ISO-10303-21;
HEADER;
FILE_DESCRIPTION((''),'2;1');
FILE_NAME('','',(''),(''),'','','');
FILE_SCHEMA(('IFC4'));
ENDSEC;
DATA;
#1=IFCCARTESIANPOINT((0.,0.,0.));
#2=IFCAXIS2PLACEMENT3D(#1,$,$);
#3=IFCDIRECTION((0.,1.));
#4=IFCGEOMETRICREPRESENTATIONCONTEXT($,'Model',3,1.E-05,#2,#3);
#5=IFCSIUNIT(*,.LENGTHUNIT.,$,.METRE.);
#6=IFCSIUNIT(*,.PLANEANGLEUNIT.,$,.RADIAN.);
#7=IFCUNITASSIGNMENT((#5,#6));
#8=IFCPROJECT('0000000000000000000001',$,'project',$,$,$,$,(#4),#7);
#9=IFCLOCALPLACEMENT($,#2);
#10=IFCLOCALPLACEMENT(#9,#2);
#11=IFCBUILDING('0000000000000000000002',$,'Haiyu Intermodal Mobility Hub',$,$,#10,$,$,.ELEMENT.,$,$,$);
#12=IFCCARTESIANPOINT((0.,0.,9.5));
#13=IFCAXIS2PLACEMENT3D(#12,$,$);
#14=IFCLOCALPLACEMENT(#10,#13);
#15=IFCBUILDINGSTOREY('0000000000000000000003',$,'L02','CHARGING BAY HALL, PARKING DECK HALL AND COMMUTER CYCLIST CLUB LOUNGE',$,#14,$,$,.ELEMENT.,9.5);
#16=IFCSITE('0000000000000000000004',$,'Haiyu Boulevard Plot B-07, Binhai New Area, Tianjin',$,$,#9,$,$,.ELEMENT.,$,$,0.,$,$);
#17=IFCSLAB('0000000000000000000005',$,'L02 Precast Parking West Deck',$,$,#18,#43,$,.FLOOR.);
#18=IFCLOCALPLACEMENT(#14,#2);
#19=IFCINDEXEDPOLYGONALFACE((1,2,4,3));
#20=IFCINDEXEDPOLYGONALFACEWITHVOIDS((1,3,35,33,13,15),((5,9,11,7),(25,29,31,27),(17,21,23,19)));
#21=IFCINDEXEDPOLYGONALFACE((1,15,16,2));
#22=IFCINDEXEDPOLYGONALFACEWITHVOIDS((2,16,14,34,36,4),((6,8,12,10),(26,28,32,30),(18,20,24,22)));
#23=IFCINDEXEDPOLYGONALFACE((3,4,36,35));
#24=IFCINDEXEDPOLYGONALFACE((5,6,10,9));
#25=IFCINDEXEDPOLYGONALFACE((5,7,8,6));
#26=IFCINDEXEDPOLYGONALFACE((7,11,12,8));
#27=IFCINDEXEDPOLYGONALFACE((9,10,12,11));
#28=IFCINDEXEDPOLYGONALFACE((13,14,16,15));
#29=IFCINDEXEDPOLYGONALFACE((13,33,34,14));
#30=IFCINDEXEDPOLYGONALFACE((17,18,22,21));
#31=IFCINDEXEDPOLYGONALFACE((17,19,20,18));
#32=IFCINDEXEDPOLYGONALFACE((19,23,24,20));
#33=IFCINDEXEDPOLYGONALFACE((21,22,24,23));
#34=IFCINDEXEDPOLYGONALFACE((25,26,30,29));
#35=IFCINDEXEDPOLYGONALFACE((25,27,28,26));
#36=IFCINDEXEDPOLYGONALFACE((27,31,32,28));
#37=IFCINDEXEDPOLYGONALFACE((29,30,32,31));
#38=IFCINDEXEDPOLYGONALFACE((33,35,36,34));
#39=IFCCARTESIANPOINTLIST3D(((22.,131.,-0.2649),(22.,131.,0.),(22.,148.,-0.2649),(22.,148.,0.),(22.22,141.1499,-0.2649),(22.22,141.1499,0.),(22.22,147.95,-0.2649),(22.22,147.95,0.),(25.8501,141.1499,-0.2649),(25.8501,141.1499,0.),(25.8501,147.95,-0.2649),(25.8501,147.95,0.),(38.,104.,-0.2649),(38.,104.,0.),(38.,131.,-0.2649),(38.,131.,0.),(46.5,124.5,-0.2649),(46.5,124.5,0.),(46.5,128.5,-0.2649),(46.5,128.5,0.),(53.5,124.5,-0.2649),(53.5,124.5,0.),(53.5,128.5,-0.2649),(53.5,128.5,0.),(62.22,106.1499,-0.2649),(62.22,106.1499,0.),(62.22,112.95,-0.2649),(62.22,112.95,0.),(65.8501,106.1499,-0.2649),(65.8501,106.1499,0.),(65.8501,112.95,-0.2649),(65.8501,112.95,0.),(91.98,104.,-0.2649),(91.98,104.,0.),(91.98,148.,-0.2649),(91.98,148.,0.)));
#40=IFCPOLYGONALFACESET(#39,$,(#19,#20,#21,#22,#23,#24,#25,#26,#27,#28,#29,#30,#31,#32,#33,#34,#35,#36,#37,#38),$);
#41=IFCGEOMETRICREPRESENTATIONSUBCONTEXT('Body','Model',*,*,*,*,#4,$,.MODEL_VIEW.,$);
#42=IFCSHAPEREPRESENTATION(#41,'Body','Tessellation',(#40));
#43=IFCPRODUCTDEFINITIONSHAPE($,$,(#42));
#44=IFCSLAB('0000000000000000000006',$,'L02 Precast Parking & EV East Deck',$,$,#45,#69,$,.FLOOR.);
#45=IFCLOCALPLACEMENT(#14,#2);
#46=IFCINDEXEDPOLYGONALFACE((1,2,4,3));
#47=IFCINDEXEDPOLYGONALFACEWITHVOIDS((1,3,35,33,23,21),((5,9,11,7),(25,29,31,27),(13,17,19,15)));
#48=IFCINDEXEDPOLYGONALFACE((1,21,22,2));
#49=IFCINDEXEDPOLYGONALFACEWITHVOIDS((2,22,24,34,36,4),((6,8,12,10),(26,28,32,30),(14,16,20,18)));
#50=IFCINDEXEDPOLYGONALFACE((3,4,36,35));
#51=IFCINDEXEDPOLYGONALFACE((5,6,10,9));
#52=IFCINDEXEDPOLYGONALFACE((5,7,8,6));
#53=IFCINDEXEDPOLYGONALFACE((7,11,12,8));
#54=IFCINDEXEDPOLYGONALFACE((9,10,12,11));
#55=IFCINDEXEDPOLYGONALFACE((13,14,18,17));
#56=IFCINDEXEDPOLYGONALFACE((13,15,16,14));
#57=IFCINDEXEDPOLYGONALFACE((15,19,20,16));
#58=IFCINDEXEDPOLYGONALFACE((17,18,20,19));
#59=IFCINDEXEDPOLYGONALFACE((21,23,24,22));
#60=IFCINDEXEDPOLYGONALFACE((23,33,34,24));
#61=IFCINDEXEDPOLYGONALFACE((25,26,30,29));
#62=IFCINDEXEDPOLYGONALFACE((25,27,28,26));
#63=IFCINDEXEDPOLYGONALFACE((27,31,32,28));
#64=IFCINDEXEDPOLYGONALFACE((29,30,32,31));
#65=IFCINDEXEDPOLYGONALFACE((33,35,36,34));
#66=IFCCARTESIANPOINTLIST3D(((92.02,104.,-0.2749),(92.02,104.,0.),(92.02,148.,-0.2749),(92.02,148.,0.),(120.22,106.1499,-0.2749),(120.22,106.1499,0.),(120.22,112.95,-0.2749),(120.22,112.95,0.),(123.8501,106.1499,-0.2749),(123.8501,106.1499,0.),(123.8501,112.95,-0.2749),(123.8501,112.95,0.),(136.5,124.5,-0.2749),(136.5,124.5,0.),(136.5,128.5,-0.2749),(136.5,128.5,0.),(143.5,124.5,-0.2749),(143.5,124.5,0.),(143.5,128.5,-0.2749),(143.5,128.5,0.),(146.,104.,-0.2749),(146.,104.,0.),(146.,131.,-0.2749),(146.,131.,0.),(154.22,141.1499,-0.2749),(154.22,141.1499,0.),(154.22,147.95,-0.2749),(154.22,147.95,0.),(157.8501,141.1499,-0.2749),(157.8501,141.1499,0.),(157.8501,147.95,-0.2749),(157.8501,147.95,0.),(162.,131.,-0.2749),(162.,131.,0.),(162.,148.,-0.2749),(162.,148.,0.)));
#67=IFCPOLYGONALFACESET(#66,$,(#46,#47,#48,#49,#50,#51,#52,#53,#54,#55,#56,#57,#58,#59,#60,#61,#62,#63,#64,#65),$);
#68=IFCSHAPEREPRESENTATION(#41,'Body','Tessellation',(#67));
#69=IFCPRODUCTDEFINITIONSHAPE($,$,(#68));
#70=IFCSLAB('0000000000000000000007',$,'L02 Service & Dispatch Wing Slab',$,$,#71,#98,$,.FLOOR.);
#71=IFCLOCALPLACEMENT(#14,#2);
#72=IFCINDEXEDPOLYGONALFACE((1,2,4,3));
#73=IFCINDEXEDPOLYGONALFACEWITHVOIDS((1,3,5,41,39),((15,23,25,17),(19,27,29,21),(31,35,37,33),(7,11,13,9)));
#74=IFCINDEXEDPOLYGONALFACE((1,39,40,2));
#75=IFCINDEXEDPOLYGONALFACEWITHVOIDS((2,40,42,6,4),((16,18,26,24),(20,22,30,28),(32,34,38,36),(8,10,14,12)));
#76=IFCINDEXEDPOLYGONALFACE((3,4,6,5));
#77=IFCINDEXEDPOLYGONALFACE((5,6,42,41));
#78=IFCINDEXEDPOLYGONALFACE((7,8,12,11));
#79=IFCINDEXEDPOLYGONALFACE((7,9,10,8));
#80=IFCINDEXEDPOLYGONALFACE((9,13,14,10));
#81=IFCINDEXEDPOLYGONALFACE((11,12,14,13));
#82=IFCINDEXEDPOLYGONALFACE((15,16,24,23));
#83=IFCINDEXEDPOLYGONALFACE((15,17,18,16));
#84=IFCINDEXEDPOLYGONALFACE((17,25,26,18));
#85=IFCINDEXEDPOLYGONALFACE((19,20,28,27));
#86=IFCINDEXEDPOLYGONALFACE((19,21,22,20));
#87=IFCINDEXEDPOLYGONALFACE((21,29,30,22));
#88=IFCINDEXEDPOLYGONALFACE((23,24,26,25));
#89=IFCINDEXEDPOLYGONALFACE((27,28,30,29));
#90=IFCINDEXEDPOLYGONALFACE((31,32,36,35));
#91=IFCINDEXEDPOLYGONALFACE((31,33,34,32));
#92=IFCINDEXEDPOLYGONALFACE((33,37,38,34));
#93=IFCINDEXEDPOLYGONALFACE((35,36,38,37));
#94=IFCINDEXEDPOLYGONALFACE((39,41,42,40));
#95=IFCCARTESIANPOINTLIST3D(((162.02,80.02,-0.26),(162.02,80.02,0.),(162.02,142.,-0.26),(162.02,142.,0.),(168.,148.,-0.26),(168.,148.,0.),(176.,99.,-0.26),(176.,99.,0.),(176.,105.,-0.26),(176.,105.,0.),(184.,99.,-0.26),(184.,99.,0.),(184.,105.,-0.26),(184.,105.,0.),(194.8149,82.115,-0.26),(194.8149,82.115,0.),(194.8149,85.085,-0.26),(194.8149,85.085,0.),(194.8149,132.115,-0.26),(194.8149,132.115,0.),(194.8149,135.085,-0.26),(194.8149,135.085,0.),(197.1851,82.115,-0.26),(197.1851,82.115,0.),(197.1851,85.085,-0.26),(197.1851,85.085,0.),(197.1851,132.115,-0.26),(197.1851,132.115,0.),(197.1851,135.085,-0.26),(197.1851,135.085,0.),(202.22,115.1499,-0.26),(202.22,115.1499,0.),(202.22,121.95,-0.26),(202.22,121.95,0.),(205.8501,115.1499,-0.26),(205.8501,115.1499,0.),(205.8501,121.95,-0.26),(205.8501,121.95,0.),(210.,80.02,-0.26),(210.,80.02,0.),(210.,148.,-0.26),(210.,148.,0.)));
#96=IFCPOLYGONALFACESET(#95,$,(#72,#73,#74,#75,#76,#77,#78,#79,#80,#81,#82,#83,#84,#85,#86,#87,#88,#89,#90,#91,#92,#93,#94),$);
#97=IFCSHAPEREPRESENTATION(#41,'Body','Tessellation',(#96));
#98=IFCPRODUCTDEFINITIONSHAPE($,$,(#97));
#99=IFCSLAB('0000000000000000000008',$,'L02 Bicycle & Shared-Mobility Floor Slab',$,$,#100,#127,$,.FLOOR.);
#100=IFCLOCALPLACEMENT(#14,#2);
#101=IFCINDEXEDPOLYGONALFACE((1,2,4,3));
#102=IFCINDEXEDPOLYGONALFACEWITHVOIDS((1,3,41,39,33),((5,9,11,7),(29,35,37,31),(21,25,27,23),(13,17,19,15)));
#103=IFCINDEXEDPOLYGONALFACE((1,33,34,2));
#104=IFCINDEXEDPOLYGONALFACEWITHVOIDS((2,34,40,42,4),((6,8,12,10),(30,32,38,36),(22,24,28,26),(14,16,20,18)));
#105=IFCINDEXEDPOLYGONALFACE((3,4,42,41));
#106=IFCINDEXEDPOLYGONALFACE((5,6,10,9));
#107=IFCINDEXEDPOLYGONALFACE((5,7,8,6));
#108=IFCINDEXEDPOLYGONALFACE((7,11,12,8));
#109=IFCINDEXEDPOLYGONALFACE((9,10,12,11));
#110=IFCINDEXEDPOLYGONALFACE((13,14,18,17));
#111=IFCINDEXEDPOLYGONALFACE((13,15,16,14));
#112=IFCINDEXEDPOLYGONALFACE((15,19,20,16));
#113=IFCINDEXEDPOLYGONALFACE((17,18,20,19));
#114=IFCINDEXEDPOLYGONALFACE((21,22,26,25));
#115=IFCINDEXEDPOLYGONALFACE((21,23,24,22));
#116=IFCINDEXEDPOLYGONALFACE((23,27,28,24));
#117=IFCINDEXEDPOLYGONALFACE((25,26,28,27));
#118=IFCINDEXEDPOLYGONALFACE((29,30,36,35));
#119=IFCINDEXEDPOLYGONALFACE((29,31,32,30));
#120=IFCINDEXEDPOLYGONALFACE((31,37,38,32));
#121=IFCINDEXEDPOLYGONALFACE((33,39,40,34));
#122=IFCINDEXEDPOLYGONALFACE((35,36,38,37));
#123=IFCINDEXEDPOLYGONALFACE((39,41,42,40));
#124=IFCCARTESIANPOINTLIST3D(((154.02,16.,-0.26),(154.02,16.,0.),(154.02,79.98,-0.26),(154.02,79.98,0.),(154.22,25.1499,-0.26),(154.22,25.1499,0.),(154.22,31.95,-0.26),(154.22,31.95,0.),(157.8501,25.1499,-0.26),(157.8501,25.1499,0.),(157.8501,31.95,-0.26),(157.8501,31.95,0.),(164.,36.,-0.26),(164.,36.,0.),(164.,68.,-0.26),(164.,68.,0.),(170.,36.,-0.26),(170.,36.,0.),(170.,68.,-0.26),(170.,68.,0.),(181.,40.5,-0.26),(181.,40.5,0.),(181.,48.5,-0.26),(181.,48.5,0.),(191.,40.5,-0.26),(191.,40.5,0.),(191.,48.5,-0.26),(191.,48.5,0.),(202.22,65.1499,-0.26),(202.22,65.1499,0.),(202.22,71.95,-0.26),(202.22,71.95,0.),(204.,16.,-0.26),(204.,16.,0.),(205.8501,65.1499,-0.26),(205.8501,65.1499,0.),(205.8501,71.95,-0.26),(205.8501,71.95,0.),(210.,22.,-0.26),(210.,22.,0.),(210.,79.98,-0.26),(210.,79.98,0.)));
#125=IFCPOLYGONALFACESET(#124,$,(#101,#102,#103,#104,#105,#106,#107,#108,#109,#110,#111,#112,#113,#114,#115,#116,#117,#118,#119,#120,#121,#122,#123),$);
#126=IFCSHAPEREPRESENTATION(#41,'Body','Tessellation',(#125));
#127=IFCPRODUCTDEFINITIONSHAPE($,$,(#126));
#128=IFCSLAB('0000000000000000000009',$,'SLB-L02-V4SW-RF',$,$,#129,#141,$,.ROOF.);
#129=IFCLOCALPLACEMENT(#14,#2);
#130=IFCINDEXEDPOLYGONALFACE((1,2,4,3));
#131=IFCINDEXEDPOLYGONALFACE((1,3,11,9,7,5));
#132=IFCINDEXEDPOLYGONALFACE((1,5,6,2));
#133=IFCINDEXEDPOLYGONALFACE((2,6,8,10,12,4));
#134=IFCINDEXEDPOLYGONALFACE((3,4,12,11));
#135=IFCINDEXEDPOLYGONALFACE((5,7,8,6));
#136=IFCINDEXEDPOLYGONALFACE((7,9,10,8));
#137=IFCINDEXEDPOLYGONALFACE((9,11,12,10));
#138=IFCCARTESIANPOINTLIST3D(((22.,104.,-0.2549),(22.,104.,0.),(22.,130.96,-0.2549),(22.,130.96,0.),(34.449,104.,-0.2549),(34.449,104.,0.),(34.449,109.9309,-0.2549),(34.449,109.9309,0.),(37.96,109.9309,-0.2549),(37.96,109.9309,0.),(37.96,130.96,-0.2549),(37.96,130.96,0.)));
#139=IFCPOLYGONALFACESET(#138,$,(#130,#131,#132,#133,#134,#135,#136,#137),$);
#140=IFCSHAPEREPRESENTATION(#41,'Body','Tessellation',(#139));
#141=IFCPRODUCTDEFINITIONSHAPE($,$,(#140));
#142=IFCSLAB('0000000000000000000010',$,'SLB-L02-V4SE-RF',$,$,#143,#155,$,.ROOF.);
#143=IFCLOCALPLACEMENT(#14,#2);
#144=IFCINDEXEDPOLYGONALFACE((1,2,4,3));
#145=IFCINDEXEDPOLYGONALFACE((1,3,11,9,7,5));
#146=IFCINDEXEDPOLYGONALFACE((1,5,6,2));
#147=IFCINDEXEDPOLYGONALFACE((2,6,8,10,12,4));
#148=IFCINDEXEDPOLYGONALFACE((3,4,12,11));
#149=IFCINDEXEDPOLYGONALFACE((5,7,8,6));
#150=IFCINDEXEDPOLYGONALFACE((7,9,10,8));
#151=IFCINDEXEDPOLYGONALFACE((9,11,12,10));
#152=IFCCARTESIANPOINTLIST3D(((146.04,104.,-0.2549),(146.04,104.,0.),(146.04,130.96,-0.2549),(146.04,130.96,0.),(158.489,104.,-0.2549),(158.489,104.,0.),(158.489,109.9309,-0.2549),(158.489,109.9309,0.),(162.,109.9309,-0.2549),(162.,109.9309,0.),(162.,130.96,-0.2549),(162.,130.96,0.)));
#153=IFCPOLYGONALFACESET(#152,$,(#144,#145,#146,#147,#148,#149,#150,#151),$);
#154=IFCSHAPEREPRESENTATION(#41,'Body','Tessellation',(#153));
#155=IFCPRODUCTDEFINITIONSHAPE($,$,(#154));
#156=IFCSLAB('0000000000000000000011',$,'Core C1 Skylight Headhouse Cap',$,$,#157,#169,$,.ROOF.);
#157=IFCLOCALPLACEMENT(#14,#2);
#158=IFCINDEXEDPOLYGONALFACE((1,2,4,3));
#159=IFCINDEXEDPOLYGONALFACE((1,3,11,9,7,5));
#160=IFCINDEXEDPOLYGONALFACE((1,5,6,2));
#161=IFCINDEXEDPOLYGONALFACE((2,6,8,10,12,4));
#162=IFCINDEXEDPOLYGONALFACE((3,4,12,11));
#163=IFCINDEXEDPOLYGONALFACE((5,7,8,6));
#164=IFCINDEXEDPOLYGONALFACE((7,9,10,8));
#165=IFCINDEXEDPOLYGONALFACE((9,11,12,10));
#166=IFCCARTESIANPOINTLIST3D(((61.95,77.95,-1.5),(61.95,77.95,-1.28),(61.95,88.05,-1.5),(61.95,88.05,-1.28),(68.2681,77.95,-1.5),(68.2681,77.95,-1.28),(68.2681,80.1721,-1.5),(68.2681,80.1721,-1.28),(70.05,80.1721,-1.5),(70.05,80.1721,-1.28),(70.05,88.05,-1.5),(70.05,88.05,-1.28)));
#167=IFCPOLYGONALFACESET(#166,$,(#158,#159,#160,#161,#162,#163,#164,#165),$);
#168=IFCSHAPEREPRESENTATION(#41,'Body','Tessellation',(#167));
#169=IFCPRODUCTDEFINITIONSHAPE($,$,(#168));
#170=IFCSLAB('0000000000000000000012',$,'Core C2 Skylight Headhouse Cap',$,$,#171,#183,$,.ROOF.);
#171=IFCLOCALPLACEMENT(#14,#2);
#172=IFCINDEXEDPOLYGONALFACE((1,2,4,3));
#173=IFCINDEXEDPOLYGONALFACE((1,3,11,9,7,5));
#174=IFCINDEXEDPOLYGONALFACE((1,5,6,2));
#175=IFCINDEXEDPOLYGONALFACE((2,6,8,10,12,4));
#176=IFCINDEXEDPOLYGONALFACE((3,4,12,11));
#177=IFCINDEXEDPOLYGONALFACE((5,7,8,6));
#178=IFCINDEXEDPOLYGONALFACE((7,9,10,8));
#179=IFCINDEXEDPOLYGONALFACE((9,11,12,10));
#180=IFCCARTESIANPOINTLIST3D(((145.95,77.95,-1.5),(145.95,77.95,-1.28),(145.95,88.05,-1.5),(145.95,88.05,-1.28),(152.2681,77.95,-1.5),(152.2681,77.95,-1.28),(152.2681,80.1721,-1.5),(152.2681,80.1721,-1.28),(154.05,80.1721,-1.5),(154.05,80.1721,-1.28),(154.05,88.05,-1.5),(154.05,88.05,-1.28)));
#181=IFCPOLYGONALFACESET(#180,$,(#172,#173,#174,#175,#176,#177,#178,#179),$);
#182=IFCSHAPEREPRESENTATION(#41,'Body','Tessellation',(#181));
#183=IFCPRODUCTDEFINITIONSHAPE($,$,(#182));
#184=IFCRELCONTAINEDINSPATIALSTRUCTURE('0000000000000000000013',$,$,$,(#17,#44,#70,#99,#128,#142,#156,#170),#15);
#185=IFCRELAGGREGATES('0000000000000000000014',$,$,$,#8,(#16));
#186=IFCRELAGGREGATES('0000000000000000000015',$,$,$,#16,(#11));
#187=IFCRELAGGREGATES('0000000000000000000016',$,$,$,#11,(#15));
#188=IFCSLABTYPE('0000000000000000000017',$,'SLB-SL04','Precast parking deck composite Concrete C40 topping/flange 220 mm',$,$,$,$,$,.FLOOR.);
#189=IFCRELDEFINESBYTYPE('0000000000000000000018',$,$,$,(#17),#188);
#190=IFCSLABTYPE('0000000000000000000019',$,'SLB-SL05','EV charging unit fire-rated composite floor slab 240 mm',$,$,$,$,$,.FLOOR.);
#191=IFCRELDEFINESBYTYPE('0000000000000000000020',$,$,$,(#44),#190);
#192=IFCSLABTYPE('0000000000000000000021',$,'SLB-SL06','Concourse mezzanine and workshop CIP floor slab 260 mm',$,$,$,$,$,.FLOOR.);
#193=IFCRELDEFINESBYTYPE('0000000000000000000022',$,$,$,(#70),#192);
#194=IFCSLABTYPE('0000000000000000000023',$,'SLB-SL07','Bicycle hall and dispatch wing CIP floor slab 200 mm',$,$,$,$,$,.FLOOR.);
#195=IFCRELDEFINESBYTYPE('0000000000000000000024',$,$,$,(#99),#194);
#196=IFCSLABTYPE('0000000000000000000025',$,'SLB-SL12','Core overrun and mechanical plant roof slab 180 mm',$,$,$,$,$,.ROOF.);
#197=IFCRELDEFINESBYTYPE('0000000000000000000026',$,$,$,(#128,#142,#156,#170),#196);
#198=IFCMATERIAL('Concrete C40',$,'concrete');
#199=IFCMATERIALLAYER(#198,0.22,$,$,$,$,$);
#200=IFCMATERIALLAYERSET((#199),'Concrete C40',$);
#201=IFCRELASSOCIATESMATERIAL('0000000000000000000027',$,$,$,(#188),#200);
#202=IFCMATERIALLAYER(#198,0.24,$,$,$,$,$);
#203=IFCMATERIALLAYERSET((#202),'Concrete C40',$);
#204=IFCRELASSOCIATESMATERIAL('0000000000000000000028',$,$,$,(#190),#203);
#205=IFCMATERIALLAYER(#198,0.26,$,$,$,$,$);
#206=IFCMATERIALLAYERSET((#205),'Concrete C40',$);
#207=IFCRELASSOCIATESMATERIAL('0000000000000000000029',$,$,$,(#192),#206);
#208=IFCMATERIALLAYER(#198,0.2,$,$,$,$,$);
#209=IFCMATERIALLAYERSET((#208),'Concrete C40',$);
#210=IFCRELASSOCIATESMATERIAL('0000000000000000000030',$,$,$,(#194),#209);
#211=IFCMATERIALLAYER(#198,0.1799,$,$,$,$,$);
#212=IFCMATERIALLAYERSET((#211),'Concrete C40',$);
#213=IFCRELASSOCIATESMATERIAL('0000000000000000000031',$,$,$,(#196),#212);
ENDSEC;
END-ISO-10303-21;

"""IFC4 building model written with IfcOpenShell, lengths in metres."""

from ifc_helpers import new_model, si_unit, direction, frame, origin, place, context, subcontext, project, spatial, polyline, outline, extrude, material, layer, layer_set, type_object, element, save


model = new_model("IFC4")

# Units and contexts
model_context = context("Model", 3, precision=1e-05, world=origin(), true_north=direction((0.0, 1.0)))
body_context = subcontext(model_context, "Body", "Model", "MODEL_VIEW")
ifc_project = project(units=[si_unit("LENGTHUNIT", "METRE"), si_unit("PLANEANGLEUNIT", "RADIAN")], contexts=[model_context])

# Site, building, storey
site_placement = place(None, origin())
site = spatial("IfcSite", under=ifc_project, at=site_placement, Name="Haiyu Boulevard Plot B-07, Binhai New Area, Tianjin", CompositionType="ELEMENT", RefElevation=0.0)
building_placement = place(site_placement, origin())
building = spatial("IfcBuilding", under=site, at=building_placement, Name="Haiyu Intermodal Mobility Hub", CompositionType="ELEMENT")
storey_placement = place(building_placement, frame((0.0, 0.0, 9.5)))
storey = spatial("IfcBuildingStorey", under=building, at=storey_placement, Name="L02", Description="CHARGING BAY HALL, PARKING DECK HALL AND COMMUTER CYCLIST CLUB LOUNGE", CompositionType="ELEMENT", Elevation=9.5)

# Shared definitions
ifc_material_1 = material(Name="Concrete C40", Category="concrete")

# Slabs
ifc_layer_1 = layer(ifc_material_1, 0.22)
ifc_layer_set_1 = layer_set([ifc_layer_1], Name="Concrete C40")
slab_type_1 = type_object("IfcSlabType", Name="SLB-SL04", Description="Precast parking deck composite Concrete C40 topping/flange 220 mm", PredefinedType="FLOOR", material=ifc_layer_set_1)
slab_1_placement = place(storey_placement, frame((0.0, 0.0, -0.2649)))
element("IfcSlab", 1, at=slab_1_placement, inside=storey, type_object=slab_type_1, Name="L02 Precast Parking West Deck", PredefinedType="FLOOR", context=body_context, shape_type="SweptSolid", body=[
    extrude(outline(polyline([(38.0, 104.0), (91.98, 104.0), (91.98, 148.0), (22.0, 148.0), (22.0, 131.0), (38.0, 131.0), (38.0, 104.0)]), holes=[polyline([(22.22, 141.1499), (25.8501, 141.1499), (25.8501, 147.95), (22.22, 147.95), (22.22, 141.1499)]), polyline([(62.22, 106.1499), (65.8501, 106.1499), (65.8501, 112.95), (62.22, 112.95), (62.22, 106.1499)]), polyline([(46.5, 124.5), (53.5, 124.5), (53.5, 128.5), (46.5, 128.5), (46.5, 124.5)])]), origin(), (0.0, 0.0, 1.0), 0.2649),
])
ifc_layer_2 = layer(ifc_material_1, 0.24)
ifc_layer_set_2 = layer_set([ifc_layer_2], Name="Concrete C40")
slab_type_2 = type_object("IfcSlabType", Name="SLB-SL05", Description="EV charging unit fire-rated composite floor slab 240 mm", PredefinedType="FLOOR", material=ifc_layer_set_2)
slab_2_placement = place(storey_placement, frame((0.0, 0.0, -0.2749)))
element("IfcSlab", 2, at=slab_2_placement, inside=storey, type_object=slab_type_2, Name="L02 Precast Parking & EV East Deck", PredefinedType="FLOOR", context=body_context, shape_type="SweptSolid", body=[
    extrude(outline(polyline([(92.02, 104.0), (146.0, 104.0), (146.0, 131.0), (162.0, 131.0), (162.0, 148.0), (92.02, 148.0), (92.02, 104.0)]), holes=[polyline([(154.22, 141.1499), (157.8501, 141.1499), (157.8501, 147.95), (154.22, 147.95), (154.22, 141.1499)]), polyline([(120.22, 106.1499), (123.8501, 106.1499), (123.8501, 112.95), (120.22, 112.95), (120.22, 106.1499)]), polyline([(136.5, 124.5), (143.5, 124.5), (143.5, 128.5), (136.5, 128.5), (136.5, 124.5)])]), origin(), (0.0, 0.0, 1.0), 0.2749),
])
ifc_layer_3 = layer(ifc_material_1, 0.26)
ifc_layer_set_3 = layer_set([ifc_layer_3], Name="Concrete C40")
slab_type_3 = type_object("IfcSlabType", Name="SLB-SL06", Description="Concourse mezzanine and workshop CIP floor slab 260 mm", PredefinedType="FLOOR", material=ifc_layer_set_3)
slab_3_placement = place(storey_placement, frame((0.0, 0.0, -0.26)))
element("IfcSlab", 3, at=slab_3_placement, inside=storey, type_object=slab_type_3, Name="L02 Service & Dispatch Wing Slab", PredefinedType="FLOOR", context=body_context, shape_type="SweptSolid", body=[
    extrude(outline(polyline([(162.02, 80.02), (210.0, 80.02), (210.0, 148.0), (168.0, 148.0), (162.02, 142.0), (162.02, 80.02)]), holes=[polyline([(202.22, 115.1499), (205.8501, 115.1499), (205.8501, 121.95), (202.22, 121.95), (202.22, 115.1499)]), polyline([(194.8149, 82.115), (197.1851, 82.115), (197.1851, 85.085), (194.8149, 85.085), (194.8149, 82.115)]), polyline([(194.8149, 132.115), (197.1851, 132.115), (197.1851, 135.085), (194.8149, 135.085), (194.8149, 132.115)]), polyline([(176.0, 99.0), (184.0, 99.0), (184.0, 105.0), (176.0, 105.0), (176.0, 99.0)])]), origin(), (0.0, 0.0, 1.0), 0.26),
])
ifc_layer_4 = layer(ifc_material_1, 0.2)
ifc_layer_set_4 = layer_set([ifc_layer_4], Name="Concrete C40")
slab_type_4 = type_object("IfcSlabType", Name="SLB-SL07", Description="Bicycle hall and dispatch wing CIP floor slab 200 mm", PredefinedType="FLOOR", material=ifc_layer_set_4)
slab_4_placement = place(storey_placement, frame((0.0, 0.0, -0.26)))
element("IfcSlab", 4, at=slab_4_placement, inside=storey, type_object=slab_type_4, Name="L02 Bicycle & Shared-Mobility Floor Slab", PredefinedType="FLOOR", context=body_context, shape_type="SweptSolid", body=[
    extrude(outline(polyline([(154.02, 16.0), (204.0, 16.0), (210.0, 22.0), (210.0, 79.98), (154.02, 79.98), (154.02, 16.0)]), holes=[polyline([(154.22, 25.1499), (157.8501, 25.1499), (157.8501, 31.95), (154.22, 31.95), (154.22, 25.1499)]), polyline([(202.22, 65.1499), (205.8501, 65.1499), (205.8501, 71.95), (202.22, 71.95), (202.22, 65.1499)]), polyline([(164.0, 36.0), (170.0, 36.0), (170.0, 68.0), (164.0, 68.0), (164.0, 36.0)]), polyline([(181.0, 40.5), (191.0, 40.5), (191.0, 48.5), (181.0, 48.5), (181.0, 40.5)])]), origin(), (0.0, 0.0, 1.0), 0.26),
])
ifc_layer_5 = layer(ifc_material_1, 0.1799)
ifc_layer_set_5 = layer_set([ifc_layer_5], Name="Concrete C40")
slab_type_5 = type_object("IfcSlabType", Name="SLB-SL12", Description="Core overrun and mechanical plant roof slab 180 mm", PredefinedType="ROOF", material=ifc_layer_set_5)
slab_5_placement = place(storey_placement, frame((0.0, 0.0, -0.2549)))
element("IfcSlab", 5, at=slab_5_placement, inside=storey, type_object=slab_type_5, Name="SLB-L02-V4SW-RF", PredefinedType="ROOF", context=body_context, shape_type="SweptSolid", body=[
    extrude(outline(polyline([(22.0, 104.0), (34.449, 104.0), (34.449, 109.9309), (37.96, 109.9309), (37.96, 130.96), (22.0, 130.96), (22.0, 104.0)])), origin(), (0.0, 0.0, 1.0), 0.2549),
])
slab_6_placement = place(storey_placement, frame((0.0, 0.0, -0.2549)))
element("IfcSlab", 6, at=slab_6_placement, inside=storey, type_object=slab_type_5, Name="SLB-L02-V4SE-RF", PredefinedType="ROOF", context=body_context, shape_type="SweptSolid", body=[
    extrude(outline(polyline([(146.04, 104.0), (158.489, 104.0), (158.489, 109.9309), (162.0, 109.9309), (162.0, 130.96), (146.04, 130.96), (146.04, 104.0)])), origin(), (0.0, 0.0, 1.0), 0.2549),
])
slab_7_placement = place(storey_placement, frame((0.0, 0.0, -1.5)))
element("IfcSlab", 7, at=slab_7_placement, inside=storey, type_object=slab_type_5, Name="Core C1 Skylight Headhouse Cap", PredefinedType="ROOF", context=body_context, shape_type="SweptSolid", body=[
    extrude(outline(polyline([(61.95, 77.95), (68.2681, 77.95), (68.2681, 80.1721), (70.05, 80.1721), (70.05, 88.05), (61.95, 88.05), (61.95, 77.95)])), origin(), (0.0, 0.0, 1.0), 0.22),
])
slab_8_placement = place(storey_placement, frame((0.0, 0.0, -1.5)))
element("IfcSlab", 8, at=slab_8_placement, inside=storey, type_object=slab_type_5, Name="Core C2 Skylight Headhouse Cap", PredefinedType="ROOF", context=body_context, shape_type="SweptSolid", body=[
    extrude(outline(polyline([(145.95, 77.95), (152.2681, 77.95), (152.2681, 80.1721), (154.05, 80.1721), (154.05, 88.05), (145.95, 88.05), (145.95, 77.95)])), origin(), (0.0, 0.0, 1.0), 0.22),
])

save(model, "model.ifc")
